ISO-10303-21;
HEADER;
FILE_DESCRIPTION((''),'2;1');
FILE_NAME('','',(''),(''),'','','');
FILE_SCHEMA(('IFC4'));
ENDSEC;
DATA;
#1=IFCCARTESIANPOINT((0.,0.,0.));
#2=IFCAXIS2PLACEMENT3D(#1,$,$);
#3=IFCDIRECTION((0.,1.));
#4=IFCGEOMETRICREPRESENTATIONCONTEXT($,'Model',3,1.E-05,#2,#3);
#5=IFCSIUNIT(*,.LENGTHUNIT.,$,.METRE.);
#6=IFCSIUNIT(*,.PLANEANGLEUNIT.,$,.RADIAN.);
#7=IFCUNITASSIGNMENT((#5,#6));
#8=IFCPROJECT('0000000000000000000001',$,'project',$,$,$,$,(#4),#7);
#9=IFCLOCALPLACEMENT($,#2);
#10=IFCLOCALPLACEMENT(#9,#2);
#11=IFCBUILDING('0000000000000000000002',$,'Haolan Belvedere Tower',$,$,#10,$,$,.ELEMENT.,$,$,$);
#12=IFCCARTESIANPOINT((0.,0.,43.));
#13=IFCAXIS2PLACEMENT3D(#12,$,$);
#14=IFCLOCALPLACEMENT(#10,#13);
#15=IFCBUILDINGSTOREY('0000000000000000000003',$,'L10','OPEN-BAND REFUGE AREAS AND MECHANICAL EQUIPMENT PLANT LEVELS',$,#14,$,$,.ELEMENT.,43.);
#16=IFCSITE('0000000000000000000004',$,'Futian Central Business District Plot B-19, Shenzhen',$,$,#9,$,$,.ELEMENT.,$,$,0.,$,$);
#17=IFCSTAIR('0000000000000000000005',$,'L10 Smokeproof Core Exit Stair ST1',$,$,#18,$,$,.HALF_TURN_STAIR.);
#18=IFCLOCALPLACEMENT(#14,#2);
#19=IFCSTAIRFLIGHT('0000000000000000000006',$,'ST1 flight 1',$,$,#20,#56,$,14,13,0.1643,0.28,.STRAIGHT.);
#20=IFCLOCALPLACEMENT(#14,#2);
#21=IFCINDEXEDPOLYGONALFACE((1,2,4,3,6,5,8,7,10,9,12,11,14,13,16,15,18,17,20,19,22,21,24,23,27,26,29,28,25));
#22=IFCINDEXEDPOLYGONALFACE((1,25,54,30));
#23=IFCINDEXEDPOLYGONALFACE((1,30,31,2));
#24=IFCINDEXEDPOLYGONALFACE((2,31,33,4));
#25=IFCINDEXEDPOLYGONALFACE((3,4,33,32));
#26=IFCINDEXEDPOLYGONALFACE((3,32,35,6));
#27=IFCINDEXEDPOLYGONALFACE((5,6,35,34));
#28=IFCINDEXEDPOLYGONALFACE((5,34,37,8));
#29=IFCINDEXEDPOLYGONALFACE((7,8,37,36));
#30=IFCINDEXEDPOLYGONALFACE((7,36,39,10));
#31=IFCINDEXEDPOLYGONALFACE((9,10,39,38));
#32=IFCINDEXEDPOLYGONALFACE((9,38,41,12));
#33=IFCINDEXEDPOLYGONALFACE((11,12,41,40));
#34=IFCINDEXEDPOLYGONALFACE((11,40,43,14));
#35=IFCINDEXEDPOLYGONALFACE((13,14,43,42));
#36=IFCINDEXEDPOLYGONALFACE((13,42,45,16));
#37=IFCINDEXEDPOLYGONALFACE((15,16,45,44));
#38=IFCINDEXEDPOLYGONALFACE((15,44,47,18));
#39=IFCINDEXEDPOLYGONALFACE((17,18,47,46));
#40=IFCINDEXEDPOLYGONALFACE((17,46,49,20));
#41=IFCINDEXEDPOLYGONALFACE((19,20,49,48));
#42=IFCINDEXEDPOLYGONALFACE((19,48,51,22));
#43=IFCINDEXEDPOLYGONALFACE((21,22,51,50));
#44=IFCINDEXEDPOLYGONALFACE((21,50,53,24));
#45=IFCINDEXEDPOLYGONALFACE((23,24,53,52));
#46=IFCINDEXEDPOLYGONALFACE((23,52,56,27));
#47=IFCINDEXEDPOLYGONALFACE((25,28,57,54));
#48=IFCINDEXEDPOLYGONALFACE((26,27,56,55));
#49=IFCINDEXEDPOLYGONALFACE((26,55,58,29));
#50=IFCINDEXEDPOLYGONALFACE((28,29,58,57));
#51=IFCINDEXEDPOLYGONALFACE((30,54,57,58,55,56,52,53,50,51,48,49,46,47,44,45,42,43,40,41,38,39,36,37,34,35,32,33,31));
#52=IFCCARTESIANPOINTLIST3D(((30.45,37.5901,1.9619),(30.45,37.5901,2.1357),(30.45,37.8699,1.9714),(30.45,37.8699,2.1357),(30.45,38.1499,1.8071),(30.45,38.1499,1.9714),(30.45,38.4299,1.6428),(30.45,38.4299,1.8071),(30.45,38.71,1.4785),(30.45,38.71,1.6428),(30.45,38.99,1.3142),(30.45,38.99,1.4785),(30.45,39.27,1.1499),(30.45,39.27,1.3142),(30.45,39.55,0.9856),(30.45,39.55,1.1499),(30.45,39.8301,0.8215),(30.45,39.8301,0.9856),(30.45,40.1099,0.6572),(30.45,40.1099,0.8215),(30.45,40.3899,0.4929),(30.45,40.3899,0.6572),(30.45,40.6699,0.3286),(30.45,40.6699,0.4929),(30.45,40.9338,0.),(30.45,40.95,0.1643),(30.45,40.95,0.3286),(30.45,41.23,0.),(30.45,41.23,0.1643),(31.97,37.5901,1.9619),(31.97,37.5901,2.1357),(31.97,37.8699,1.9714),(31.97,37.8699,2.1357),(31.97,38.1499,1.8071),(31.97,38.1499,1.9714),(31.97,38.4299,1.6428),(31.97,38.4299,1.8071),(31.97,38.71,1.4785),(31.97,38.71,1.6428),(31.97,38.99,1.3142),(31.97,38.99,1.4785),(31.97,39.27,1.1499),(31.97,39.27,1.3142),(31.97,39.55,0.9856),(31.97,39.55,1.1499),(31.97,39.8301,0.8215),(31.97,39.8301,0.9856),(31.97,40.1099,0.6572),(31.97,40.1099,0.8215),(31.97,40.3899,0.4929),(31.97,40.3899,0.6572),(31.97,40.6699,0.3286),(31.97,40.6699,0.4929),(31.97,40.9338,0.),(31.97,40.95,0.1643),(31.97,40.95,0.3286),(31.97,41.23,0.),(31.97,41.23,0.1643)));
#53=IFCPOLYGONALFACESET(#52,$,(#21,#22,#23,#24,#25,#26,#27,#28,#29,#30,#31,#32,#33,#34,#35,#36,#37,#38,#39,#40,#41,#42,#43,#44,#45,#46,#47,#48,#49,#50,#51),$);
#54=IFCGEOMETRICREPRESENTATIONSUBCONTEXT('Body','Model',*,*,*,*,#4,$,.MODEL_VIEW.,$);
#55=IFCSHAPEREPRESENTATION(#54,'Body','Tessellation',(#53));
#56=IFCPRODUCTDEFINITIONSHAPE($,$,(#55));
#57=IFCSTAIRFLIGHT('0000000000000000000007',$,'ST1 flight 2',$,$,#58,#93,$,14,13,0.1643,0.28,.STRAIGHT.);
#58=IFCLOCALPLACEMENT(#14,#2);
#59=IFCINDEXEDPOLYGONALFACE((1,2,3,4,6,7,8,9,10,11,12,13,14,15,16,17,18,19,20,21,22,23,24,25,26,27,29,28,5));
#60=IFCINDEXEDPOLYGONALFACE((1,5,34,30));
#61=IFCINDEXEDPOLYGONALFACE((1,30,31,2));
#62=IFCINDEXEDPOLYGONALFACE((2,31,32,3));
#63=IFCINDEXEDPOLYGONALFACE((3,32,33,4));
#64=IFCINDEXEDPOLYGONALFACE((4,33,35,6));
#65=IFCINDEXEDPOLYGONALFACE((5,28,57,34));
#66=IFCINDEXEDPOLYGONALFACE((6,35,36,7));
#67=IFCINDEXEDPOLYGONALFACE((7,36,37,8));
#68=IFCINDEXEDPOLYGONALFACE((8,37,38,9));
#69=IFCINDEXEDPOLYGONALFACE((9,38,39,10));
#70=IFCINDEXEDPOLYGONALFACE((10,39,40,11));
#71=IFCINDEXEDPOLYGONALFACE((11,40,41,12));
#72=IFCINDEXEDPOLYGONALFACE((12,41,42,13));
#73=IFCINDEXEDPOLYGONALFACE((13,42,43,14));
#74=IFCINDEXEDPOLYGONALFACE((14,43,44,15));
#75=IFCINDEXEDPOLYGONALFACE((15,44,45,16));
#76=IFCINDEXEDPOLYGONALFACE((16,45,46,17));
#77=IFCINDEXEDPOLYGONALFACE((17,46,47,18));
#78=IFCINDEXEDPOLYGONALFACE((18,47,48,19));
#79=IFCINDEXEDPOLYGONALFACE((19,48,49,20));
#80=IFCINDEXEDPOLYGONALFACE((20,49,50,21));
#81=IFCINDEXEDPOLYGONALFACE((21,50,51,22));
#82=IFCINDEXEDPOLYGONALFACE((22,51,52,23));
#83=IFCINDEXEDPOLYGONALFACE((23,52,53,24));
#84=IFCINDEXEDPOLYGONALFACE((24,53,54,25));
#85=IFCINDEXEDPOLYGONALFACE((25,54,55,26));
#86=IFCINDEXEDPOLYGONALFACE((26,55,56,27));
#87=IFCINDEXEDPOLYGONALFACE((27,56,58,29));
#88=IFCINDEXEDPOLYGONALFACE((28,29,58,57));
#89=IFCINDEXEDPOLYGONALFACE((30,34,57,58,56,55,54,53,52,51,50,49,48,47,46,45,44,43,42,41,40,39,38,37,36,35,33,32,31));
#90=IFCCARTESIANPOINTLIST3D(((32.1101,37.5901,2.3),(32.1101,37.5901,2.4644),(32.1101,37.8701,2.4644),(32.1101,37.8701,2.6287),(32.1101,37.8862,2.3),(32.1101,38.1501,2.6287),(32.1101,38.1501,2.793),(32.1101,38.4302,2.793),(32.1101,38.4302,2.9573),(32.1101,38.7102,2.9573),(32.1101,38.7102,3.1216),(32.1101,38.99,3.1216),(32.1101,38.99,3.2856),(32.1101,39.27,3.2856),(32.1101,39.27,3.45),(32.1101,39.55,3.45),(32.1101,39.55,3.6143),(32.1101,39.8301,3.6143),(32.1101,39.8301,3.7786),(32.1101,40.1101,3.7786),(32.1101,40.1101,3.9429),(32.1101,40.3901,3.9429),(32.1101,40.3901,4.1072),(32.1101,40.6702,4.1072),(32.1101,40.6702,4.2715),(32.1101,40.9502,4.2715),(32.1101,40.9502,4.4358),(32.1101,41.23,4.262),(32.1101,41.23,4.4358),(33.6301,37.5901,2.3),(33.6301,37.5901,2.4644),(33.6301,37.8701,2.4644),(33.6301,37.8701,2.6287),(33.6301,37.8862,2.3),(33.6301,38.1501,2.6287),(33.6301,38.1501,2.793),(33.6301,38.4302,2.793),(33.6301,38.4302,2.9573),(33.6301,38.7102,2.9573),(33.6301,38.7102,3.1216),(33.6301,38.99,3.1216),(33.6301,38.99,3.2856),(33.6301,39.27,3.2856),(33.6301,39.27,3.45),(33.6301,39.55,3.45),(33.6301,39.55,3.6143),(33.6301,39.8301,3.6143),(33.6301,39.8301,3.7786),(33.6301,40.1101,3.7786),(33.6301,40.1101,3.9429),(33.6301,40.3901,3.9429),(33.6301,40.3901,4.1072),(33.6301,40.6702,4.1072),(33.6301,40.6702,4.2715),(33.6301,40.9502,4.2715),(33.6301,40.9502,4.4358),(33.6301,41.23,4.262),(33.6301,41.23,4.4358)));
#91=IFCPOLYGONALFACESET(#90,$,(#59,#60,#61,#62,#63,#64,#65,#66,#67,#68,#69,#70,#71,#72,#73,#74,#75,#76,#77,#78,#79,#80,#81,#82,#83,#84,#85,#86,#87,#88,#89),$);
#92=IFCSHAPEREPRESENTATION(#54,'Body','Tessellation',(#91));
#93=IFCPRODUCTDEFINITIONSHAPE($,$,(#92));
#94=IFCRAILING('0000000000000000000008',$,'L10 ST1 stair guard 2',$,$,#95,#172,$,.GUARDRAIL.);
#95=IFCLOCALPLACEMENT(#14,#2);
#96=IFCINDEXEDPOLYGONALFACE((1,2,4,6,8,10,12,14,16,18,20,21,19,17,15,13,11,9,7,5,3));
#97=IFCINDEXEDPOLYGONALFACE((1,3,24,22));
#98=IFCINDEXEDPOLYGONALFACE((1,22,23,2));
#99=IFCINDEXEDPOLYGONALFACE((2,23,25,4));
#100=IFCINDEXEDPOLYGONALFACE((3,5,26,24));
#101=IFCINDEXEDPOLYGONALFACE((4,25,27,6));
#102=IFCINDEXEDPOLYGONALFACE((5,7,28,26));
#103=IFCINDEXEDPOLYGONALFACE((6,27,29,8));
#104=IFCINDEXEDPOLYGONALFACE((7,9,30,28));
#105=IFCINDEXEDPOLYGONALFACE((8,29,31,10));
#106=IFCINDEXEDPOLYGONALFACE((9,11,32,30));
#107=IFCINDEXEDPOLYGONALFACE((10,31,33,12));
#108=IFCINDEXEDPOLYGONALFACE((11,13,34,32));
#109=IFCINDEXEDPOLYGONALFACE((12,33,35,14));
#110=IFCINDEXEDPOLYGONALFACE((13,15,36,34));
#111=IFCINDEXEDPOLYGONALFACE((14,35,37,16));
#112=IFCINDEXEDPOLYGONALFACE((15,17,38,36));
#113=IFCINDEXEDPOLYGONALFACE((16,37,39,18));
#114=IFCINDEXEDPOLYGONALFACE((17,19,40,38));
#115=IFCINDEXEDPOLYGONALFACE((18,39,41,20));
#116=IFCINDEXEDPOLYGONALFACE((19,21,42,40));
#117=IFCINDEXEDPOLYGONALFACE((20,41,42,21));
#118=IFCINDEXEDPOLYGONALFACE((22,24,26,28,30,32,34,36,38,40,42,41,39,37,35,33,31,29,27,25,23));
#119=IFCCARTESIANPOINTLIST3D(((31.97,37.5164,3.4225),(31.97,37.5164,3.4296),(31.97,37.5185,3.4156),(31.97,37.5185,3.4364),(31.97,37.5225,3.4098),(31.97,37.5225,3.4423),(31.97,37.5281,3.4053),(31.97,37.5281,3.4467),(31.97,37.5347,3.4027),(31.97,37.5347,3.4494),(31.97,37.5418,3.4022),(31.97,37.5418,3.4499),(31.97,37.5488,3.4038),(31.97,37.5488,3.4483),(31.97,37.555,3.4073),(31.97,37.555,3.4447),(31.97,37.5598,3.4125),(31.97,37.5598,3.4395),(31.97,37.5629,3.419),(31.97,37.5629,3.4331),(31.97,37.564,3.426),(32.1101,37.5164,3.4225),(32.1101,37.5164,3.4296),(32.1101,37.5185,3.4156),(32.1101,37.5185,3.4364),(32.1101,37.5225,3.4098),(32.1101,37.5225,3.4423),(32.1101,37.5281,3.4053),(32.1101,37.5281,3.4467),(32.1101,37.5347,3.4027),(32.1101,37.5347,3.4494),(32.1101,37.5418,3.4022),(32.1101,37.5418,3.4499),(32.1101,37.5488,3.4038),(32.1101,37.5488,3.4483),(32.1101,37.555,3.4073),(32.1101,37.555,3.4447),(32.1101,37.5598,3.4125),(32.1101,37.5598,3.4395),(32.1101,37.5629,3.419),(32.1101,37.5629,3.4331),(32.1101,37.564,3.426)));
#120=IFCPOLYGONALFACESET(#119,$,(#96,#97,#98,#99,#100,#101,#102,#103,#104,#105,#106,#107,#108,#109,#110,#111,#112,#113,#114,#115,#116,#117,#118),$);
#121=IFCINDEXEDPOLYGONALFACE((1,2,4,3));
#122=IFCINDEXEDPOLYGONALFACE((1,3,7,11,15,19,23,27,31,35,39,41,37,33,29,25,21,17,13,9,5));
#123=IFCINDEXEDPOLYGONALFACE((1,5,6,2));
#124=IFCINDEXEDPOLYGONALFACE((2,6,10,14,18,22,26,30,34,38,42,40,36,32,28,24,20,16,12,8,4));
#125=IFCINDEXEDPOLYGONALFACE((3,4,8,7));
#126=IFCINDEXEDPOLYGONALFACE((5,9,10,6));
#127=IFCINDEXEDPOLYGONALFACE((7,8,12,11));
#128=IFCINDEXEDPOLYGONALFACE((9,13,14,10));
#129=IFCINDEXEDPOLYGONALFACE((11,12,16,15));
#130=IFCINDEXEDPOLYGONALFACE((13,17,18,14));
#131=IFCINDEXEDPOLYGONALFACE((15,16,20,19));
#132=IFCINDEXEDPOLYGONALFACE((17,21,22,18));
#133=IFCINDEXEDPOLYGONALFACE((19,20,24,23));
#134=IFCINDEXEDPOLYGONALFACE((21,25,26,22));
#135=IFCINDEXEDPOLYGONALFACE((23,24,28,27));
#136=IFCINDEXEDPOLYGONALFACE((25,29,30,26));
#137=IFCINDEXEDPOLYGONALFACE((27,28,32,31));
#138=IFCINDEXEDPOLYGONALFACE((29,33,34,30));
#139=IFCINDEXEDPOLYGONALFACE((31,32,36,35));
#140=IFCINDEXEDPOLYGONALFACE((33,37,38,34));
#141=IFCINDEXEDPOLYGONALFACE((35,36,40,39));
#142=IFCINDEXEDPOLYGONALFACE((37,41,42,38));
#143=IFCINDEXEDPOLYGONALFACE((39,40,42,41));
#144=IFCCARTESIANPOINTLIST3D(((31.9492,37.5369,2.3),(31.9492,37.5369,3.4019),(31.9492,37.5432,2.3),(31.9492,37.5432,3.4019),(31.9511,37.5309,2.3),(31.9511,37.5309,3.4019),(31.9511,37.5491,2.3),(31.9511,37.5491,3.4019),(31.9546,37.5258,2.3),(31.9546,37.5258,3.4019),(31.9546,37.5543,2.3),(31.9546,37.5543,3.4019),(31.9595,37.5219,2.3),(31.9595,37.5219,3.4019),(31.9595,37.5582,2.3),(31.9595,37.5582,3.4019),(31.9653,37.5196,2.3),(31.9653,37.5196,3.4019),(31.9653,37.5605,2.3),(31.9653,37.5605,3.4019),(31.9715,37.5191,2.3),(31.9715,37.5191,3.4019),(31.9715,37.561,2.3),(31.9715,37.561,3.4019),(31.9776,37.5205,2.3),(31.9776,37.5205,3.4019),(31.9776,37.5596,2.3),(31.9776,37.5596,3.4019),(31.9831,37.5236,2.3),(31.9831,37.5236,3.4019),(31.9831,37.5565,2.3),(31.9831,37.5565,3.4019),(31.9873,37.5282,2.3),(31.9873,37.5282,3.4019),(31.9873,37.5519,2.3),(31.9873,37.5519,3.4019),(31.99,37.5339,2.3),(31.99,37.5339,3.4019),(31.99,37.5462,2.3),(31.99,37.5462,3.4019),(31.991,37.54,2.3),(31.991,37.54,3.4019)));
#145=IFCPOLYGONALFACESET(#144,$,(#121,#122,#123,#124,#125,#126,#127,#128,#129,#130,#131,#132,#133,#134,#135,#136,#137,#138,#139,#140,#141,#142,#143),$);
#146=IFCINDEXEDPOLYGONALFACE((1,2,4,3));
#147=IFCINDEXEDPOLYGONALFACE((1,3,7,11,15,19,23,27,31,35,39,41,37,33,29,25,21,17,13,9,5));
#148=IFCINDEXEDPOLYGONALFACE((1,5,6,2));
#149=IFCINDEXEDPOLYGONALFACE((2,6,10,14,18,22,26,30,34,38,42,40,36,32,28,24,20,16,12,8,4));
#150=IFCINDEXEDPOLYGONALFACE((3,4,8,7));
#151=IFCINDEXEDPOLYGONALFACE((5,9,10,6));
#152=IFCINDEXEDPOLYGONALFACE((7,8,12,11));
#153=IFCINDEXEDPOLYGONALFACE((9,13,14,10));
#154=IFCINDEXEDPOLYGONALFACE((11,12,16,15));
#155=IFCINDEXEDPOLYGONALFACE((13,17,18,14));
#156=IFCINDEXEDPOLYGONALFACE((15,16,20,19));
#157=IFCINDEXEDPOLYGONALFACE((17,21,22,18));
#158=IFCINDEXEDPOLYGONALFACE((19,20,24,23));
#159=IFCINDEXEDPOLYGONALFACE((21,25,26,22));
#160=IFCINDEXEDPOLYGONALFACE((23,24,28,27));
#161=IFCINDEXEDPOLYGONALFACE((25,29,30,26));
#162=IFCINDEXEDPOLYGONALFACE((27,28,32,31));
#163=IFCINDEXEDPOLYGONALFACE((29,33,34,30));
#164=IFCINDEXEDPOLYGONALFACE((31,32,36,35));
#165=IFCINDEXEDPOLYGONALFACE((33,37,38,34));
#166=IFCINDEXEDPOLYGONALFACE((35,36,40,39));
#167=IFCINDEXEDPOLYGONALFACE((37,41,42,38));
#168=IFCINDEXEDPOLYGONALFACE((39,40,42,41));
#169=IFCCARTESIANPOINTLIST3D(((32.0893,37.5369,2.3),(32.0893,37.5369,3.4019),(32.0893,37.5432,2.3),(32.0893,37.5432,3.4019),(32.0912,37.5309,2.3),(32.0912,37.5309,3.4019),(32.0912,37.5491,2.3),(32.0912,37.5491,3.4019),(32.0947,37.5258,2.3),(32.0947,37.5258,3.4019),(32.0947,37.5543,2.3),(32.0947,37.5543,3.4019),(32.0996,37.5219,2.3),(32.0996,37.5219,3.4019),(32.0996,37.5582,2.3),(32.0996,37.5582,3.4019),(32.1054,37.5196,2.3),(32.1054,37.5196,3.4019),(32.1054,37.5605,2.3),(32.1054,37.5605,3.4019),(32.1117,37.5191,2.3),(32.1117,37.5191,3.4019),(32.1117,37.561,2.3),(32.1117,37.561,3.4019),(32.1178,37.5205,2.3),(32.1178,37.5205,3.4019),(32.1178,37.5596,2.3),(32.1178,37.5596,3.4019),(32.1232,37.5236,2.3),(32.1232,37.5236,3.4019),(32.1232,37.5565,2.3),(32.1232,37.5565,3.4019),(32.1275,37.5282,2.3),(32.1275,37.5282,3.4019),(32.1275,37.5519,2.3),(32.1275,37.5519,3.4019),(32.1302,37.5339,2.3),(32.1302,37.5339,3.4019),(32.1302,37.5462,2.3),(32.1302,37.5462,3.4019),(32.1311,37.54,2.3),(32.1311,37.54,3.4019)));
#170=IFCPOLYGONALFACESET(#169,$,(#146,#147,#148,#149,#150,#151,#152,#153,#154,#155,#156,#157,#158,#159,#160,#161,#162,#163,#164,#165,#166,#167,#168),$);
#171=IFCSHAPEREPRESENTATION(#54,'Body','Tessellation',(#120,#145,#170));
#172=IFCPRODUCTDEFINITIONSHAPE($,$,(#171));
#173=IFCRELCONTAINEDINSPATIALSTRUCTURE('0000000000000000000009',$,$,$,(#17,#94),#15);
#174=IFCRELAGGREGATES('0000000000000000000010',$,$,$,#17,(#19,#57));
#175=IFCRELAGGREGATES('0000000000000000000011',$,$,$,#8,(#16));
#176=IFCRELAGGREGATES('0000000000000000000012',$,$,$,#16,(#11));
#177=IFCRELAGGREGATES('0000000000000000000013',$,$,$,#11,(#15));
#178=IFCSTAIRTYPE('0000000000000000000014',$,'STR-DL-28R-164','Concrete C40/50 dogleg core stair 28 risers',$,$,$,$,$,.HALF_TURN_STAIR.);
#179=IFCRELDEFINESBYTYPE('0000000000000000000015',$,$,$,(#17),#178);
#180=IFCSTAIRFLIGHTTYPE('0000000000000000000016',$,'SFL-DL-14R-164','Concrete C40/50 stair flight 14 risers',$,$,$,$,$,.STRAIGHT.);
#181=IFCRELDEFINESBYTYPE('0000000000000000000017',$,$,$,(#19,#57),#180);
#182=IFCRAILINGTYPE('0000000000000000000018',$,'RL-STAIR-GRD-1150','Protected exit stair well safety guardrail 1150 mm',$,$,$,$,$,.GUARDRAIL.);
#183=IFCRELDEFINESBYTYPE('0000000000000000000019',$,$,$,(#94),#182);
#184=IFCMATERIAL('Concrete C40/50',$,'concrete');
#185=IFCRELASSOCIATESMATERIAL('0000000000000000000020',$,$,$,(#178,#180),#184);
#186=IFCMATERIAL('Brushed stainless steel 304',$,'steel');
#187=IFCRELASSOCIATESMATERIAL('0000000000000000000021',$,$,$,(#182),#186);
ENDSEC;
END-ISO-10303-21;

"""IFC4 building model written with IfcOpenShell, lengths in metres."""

from ifc_helpers import new_model, si_unit, direction, frame, origin, origin_2d, place, context, subcontext, project, spatial, polyline, circle, outline, extrude, material, type_object, element, aggregate, save


model = new_model("IFC4")

# Units and contexts
model_context = context("Model", 3, precision=1e-05, world=origin(), true_north=direction((0.0, 1.0)))
body_context = subcontext(model_context, "Body", "Model", "MODEL_VIEW")
ifc_project = project(units=[si_unit("LENGTHUNIT", "METRE"), si_unit("PLANEANGLEUNIT", "RADIAN")], contexts=[model_context])

# Site, building, storey
site_placement = place(None, origin())
site = spatial("IfcSite", under=ifc_project, at=site_placement, Name="Futian Central Business District Plot B-19, Shenzhen", CompositionType="ELEMENT", RefElevation=0.0)
building_placement = place(site_placement, origin())
building = spatial("IfcBuilding", under=site, at=building_placement, Name="Haolan Belvedere Tower", CompositionType="ELEMENT")
storey_placement = place(building_placement, frame((0.0, 0.0, 43.0)))
storey = spatial("IfcBuildingStorey", under=building, at=storey_placement, Name="L10", Description="OPEN-BAND REFUGE AREAS AND MECHANICAL EQUIPMENT PLANT LEVELS", CompositionType="ELEMENT", Elevation=43.0)

# Shared definitions
ifc_material_1 = material(Name="Concrete C40/50", Category="concrete")

# Stair, stair flights
stair_type = type_object("IfcStairType", Name="STR-DL-28R-164", Description="Concrete C40/50 dogleg core stair 28 risers", PredefinedType="HALF_TURN_STAIR", material=ifc_material_1)
stair_placement = place(storey_placement, origin())
stair = element("IfcStair", 1, at=stair_placement, inside=storey, type_object=stair_type, Name="L10 Smokeproof Core Exit Stair ST1", PredefinedType="HALF_TURN_STAIR")
stair_flight_type = type_object("IfcStairFlightType", Name="SFL-DL-14R-164", Description="Concrete C40/50 stair flight 14 risers", PredefinedType="STRAIGHT", material=ifc_material_1)
stair_flight_1_placement = place(storey_placement, frame((31.21, 41.23, 0.0), z_axis=(0.0, 0.0, 1.0), x_axis=(0.0, -1.0, 0.0)))
stair_flight_1 = element("IfcStairFlight", 2, at=stair_flight_1_placement, type_object=stair_flight_type, Name="ST1 flight 1", NumberOfRisers=14, NumberOfTreads=13, PredefinedType="STRAIGHT", RiserHeight=0.1643, TreadLength=0.28, context=body_context, shape_type="SweptSolid", body=[
    extrude(outline(polyline([(0.0, 0.0), (0.0, 0.1643), (0.28, 0.1643), (0.28, 0.3286), (0.5601, 0.3286), (0.5601, 0.4929), (0.8401, 0.4929), (0.8401, 0.6572), (1.1201, 0.6572), (1.1201, 0.8215), (1.3999, 0.8215), (1.3999, 0.9856), (1.6799, 0.9856), (1.6799, 1.1499), (1.96, 1.1499), (1.96, 1.3142), (2.24, 1.3142), (2.24, 1.4785), (2.52, 1.4785), (2.52, 1.6428), (2.8, 1.6428), (2.8, 1.8071), (3.0801, 1.8071), (3.0801, 1.9714), (3.3601, 1.9714), (3.3601, 2.1357), (3.6399, 2.1357), (3.6399, 2.3), (3.6399, 1.9619), (0.2961, 0.0), (0.0, 0.0)])), frame((0.0, 0.76, 0.0), z_axis=(0.0, -1.0, 0.0), x_axis=(1.0, 0.0, 0.0)), (0.0, 0.0, 1.0), 1.52),
])
stair_flight_2_placement = place(storey_placement, frame((32.8701, 37.5901, 2.3), z_axis=(0.0, 0.0, 1.0), x_axis=(0.0, 1.0, 0.0)))
stair_flight_2 = element("IfcStairFlight", 3, at=stair_flight_2_placement, type_object=stair_flight_type, Name="ST1 flight 2", NumberOfRisers=14, NumberOfTreads=13, PredefinedType="STRAIGHT", RiserHeight=0.1643, TreadLength=0.28, context=body_context, shape_type="SweptSolid", body=[
    extrude(outline(polyline([(0.0, 0.0), (0.0, 0.1643), (0.28, 0.1643), (0.28, 0.3286), (0.5601, 0.3286), (0.5601, 0.4929), (0.8401, 0.4929), (0.8401, 0.6572), (1.1201, 0.6572), (1.1201, 0.8215), (1.3999, 0.8215), (1.3999, 0.9856), (1.6799, 0.9856), (1.6799, 1.1499), (1.96, 1.1499), (1.96, 1.3142), (2.24, 1.3142), (2.24, 1.4785), (2.52, 1.4785), (2.52, 1.6428), (2.8, 1.6428), (2.8, 1.8071), (3.0801, 1.8071), (3.0801, 1.9714), (3.3601, 1.9714), (3.3601, 2.1357), (3.6399, 2.1357), (3.6399, 2.3), (3.6399, 1.9619), (0.2961, 0.0), (0.0, 0.0)])), frame((0.0, 0.76, 0.0), z_axis=(0.0, -1.0, 0.0), x_axis=(1.0, 0.0, 0.0)), (0.0, 0.0, 1.0), 1.52),
])
aggregate(stair, [stair_flight_1, stair_flight_2])

# Railing
ifc_material_2 = material(Name="Brushed stainless steel 304", Category="steel")
railing_type_1 = type_object("IfcRailingType", Name="RL-STAIR-GRD-1150", Description="Protected exit stair well safety guardrail 1150 mm", PredefinedType="GUARDRAIL", material=ifc_material_2)
railing_1_placement = place(storey_placement, frame((31.97, 37.54, 2.3)))
element("IfcRailing", 4, at=railing_1_placement, inside=storey, type_object=railing_type_1, Name="L10 ST1 stair guard 2", PredefinedType="GUARDRAIL", context=body_context, shape_type="SweptSolid", body=[
    extrude(circle(Radius=0.0239, at=origin_2d()), frame((0.0, 0.0, 1.126), z_axis=(1.0, 0.0, 0.0), x_axis=(0.0, 1.0, 0.0)), (0.0, 0.0, 1.0), 0.1401),
    extrude(circle(Radius=0.021, at=origin_2d()), origin(), (0.0, 0.0, 1.0), 1.1018),
    extrude(circle(Radius=0.021, at=origin_2d()), frame((0.1401, 0.0, 0.0)), (0.0, 0.0, 1.0), 1.1018),
])

save(model, "model.ifc")
